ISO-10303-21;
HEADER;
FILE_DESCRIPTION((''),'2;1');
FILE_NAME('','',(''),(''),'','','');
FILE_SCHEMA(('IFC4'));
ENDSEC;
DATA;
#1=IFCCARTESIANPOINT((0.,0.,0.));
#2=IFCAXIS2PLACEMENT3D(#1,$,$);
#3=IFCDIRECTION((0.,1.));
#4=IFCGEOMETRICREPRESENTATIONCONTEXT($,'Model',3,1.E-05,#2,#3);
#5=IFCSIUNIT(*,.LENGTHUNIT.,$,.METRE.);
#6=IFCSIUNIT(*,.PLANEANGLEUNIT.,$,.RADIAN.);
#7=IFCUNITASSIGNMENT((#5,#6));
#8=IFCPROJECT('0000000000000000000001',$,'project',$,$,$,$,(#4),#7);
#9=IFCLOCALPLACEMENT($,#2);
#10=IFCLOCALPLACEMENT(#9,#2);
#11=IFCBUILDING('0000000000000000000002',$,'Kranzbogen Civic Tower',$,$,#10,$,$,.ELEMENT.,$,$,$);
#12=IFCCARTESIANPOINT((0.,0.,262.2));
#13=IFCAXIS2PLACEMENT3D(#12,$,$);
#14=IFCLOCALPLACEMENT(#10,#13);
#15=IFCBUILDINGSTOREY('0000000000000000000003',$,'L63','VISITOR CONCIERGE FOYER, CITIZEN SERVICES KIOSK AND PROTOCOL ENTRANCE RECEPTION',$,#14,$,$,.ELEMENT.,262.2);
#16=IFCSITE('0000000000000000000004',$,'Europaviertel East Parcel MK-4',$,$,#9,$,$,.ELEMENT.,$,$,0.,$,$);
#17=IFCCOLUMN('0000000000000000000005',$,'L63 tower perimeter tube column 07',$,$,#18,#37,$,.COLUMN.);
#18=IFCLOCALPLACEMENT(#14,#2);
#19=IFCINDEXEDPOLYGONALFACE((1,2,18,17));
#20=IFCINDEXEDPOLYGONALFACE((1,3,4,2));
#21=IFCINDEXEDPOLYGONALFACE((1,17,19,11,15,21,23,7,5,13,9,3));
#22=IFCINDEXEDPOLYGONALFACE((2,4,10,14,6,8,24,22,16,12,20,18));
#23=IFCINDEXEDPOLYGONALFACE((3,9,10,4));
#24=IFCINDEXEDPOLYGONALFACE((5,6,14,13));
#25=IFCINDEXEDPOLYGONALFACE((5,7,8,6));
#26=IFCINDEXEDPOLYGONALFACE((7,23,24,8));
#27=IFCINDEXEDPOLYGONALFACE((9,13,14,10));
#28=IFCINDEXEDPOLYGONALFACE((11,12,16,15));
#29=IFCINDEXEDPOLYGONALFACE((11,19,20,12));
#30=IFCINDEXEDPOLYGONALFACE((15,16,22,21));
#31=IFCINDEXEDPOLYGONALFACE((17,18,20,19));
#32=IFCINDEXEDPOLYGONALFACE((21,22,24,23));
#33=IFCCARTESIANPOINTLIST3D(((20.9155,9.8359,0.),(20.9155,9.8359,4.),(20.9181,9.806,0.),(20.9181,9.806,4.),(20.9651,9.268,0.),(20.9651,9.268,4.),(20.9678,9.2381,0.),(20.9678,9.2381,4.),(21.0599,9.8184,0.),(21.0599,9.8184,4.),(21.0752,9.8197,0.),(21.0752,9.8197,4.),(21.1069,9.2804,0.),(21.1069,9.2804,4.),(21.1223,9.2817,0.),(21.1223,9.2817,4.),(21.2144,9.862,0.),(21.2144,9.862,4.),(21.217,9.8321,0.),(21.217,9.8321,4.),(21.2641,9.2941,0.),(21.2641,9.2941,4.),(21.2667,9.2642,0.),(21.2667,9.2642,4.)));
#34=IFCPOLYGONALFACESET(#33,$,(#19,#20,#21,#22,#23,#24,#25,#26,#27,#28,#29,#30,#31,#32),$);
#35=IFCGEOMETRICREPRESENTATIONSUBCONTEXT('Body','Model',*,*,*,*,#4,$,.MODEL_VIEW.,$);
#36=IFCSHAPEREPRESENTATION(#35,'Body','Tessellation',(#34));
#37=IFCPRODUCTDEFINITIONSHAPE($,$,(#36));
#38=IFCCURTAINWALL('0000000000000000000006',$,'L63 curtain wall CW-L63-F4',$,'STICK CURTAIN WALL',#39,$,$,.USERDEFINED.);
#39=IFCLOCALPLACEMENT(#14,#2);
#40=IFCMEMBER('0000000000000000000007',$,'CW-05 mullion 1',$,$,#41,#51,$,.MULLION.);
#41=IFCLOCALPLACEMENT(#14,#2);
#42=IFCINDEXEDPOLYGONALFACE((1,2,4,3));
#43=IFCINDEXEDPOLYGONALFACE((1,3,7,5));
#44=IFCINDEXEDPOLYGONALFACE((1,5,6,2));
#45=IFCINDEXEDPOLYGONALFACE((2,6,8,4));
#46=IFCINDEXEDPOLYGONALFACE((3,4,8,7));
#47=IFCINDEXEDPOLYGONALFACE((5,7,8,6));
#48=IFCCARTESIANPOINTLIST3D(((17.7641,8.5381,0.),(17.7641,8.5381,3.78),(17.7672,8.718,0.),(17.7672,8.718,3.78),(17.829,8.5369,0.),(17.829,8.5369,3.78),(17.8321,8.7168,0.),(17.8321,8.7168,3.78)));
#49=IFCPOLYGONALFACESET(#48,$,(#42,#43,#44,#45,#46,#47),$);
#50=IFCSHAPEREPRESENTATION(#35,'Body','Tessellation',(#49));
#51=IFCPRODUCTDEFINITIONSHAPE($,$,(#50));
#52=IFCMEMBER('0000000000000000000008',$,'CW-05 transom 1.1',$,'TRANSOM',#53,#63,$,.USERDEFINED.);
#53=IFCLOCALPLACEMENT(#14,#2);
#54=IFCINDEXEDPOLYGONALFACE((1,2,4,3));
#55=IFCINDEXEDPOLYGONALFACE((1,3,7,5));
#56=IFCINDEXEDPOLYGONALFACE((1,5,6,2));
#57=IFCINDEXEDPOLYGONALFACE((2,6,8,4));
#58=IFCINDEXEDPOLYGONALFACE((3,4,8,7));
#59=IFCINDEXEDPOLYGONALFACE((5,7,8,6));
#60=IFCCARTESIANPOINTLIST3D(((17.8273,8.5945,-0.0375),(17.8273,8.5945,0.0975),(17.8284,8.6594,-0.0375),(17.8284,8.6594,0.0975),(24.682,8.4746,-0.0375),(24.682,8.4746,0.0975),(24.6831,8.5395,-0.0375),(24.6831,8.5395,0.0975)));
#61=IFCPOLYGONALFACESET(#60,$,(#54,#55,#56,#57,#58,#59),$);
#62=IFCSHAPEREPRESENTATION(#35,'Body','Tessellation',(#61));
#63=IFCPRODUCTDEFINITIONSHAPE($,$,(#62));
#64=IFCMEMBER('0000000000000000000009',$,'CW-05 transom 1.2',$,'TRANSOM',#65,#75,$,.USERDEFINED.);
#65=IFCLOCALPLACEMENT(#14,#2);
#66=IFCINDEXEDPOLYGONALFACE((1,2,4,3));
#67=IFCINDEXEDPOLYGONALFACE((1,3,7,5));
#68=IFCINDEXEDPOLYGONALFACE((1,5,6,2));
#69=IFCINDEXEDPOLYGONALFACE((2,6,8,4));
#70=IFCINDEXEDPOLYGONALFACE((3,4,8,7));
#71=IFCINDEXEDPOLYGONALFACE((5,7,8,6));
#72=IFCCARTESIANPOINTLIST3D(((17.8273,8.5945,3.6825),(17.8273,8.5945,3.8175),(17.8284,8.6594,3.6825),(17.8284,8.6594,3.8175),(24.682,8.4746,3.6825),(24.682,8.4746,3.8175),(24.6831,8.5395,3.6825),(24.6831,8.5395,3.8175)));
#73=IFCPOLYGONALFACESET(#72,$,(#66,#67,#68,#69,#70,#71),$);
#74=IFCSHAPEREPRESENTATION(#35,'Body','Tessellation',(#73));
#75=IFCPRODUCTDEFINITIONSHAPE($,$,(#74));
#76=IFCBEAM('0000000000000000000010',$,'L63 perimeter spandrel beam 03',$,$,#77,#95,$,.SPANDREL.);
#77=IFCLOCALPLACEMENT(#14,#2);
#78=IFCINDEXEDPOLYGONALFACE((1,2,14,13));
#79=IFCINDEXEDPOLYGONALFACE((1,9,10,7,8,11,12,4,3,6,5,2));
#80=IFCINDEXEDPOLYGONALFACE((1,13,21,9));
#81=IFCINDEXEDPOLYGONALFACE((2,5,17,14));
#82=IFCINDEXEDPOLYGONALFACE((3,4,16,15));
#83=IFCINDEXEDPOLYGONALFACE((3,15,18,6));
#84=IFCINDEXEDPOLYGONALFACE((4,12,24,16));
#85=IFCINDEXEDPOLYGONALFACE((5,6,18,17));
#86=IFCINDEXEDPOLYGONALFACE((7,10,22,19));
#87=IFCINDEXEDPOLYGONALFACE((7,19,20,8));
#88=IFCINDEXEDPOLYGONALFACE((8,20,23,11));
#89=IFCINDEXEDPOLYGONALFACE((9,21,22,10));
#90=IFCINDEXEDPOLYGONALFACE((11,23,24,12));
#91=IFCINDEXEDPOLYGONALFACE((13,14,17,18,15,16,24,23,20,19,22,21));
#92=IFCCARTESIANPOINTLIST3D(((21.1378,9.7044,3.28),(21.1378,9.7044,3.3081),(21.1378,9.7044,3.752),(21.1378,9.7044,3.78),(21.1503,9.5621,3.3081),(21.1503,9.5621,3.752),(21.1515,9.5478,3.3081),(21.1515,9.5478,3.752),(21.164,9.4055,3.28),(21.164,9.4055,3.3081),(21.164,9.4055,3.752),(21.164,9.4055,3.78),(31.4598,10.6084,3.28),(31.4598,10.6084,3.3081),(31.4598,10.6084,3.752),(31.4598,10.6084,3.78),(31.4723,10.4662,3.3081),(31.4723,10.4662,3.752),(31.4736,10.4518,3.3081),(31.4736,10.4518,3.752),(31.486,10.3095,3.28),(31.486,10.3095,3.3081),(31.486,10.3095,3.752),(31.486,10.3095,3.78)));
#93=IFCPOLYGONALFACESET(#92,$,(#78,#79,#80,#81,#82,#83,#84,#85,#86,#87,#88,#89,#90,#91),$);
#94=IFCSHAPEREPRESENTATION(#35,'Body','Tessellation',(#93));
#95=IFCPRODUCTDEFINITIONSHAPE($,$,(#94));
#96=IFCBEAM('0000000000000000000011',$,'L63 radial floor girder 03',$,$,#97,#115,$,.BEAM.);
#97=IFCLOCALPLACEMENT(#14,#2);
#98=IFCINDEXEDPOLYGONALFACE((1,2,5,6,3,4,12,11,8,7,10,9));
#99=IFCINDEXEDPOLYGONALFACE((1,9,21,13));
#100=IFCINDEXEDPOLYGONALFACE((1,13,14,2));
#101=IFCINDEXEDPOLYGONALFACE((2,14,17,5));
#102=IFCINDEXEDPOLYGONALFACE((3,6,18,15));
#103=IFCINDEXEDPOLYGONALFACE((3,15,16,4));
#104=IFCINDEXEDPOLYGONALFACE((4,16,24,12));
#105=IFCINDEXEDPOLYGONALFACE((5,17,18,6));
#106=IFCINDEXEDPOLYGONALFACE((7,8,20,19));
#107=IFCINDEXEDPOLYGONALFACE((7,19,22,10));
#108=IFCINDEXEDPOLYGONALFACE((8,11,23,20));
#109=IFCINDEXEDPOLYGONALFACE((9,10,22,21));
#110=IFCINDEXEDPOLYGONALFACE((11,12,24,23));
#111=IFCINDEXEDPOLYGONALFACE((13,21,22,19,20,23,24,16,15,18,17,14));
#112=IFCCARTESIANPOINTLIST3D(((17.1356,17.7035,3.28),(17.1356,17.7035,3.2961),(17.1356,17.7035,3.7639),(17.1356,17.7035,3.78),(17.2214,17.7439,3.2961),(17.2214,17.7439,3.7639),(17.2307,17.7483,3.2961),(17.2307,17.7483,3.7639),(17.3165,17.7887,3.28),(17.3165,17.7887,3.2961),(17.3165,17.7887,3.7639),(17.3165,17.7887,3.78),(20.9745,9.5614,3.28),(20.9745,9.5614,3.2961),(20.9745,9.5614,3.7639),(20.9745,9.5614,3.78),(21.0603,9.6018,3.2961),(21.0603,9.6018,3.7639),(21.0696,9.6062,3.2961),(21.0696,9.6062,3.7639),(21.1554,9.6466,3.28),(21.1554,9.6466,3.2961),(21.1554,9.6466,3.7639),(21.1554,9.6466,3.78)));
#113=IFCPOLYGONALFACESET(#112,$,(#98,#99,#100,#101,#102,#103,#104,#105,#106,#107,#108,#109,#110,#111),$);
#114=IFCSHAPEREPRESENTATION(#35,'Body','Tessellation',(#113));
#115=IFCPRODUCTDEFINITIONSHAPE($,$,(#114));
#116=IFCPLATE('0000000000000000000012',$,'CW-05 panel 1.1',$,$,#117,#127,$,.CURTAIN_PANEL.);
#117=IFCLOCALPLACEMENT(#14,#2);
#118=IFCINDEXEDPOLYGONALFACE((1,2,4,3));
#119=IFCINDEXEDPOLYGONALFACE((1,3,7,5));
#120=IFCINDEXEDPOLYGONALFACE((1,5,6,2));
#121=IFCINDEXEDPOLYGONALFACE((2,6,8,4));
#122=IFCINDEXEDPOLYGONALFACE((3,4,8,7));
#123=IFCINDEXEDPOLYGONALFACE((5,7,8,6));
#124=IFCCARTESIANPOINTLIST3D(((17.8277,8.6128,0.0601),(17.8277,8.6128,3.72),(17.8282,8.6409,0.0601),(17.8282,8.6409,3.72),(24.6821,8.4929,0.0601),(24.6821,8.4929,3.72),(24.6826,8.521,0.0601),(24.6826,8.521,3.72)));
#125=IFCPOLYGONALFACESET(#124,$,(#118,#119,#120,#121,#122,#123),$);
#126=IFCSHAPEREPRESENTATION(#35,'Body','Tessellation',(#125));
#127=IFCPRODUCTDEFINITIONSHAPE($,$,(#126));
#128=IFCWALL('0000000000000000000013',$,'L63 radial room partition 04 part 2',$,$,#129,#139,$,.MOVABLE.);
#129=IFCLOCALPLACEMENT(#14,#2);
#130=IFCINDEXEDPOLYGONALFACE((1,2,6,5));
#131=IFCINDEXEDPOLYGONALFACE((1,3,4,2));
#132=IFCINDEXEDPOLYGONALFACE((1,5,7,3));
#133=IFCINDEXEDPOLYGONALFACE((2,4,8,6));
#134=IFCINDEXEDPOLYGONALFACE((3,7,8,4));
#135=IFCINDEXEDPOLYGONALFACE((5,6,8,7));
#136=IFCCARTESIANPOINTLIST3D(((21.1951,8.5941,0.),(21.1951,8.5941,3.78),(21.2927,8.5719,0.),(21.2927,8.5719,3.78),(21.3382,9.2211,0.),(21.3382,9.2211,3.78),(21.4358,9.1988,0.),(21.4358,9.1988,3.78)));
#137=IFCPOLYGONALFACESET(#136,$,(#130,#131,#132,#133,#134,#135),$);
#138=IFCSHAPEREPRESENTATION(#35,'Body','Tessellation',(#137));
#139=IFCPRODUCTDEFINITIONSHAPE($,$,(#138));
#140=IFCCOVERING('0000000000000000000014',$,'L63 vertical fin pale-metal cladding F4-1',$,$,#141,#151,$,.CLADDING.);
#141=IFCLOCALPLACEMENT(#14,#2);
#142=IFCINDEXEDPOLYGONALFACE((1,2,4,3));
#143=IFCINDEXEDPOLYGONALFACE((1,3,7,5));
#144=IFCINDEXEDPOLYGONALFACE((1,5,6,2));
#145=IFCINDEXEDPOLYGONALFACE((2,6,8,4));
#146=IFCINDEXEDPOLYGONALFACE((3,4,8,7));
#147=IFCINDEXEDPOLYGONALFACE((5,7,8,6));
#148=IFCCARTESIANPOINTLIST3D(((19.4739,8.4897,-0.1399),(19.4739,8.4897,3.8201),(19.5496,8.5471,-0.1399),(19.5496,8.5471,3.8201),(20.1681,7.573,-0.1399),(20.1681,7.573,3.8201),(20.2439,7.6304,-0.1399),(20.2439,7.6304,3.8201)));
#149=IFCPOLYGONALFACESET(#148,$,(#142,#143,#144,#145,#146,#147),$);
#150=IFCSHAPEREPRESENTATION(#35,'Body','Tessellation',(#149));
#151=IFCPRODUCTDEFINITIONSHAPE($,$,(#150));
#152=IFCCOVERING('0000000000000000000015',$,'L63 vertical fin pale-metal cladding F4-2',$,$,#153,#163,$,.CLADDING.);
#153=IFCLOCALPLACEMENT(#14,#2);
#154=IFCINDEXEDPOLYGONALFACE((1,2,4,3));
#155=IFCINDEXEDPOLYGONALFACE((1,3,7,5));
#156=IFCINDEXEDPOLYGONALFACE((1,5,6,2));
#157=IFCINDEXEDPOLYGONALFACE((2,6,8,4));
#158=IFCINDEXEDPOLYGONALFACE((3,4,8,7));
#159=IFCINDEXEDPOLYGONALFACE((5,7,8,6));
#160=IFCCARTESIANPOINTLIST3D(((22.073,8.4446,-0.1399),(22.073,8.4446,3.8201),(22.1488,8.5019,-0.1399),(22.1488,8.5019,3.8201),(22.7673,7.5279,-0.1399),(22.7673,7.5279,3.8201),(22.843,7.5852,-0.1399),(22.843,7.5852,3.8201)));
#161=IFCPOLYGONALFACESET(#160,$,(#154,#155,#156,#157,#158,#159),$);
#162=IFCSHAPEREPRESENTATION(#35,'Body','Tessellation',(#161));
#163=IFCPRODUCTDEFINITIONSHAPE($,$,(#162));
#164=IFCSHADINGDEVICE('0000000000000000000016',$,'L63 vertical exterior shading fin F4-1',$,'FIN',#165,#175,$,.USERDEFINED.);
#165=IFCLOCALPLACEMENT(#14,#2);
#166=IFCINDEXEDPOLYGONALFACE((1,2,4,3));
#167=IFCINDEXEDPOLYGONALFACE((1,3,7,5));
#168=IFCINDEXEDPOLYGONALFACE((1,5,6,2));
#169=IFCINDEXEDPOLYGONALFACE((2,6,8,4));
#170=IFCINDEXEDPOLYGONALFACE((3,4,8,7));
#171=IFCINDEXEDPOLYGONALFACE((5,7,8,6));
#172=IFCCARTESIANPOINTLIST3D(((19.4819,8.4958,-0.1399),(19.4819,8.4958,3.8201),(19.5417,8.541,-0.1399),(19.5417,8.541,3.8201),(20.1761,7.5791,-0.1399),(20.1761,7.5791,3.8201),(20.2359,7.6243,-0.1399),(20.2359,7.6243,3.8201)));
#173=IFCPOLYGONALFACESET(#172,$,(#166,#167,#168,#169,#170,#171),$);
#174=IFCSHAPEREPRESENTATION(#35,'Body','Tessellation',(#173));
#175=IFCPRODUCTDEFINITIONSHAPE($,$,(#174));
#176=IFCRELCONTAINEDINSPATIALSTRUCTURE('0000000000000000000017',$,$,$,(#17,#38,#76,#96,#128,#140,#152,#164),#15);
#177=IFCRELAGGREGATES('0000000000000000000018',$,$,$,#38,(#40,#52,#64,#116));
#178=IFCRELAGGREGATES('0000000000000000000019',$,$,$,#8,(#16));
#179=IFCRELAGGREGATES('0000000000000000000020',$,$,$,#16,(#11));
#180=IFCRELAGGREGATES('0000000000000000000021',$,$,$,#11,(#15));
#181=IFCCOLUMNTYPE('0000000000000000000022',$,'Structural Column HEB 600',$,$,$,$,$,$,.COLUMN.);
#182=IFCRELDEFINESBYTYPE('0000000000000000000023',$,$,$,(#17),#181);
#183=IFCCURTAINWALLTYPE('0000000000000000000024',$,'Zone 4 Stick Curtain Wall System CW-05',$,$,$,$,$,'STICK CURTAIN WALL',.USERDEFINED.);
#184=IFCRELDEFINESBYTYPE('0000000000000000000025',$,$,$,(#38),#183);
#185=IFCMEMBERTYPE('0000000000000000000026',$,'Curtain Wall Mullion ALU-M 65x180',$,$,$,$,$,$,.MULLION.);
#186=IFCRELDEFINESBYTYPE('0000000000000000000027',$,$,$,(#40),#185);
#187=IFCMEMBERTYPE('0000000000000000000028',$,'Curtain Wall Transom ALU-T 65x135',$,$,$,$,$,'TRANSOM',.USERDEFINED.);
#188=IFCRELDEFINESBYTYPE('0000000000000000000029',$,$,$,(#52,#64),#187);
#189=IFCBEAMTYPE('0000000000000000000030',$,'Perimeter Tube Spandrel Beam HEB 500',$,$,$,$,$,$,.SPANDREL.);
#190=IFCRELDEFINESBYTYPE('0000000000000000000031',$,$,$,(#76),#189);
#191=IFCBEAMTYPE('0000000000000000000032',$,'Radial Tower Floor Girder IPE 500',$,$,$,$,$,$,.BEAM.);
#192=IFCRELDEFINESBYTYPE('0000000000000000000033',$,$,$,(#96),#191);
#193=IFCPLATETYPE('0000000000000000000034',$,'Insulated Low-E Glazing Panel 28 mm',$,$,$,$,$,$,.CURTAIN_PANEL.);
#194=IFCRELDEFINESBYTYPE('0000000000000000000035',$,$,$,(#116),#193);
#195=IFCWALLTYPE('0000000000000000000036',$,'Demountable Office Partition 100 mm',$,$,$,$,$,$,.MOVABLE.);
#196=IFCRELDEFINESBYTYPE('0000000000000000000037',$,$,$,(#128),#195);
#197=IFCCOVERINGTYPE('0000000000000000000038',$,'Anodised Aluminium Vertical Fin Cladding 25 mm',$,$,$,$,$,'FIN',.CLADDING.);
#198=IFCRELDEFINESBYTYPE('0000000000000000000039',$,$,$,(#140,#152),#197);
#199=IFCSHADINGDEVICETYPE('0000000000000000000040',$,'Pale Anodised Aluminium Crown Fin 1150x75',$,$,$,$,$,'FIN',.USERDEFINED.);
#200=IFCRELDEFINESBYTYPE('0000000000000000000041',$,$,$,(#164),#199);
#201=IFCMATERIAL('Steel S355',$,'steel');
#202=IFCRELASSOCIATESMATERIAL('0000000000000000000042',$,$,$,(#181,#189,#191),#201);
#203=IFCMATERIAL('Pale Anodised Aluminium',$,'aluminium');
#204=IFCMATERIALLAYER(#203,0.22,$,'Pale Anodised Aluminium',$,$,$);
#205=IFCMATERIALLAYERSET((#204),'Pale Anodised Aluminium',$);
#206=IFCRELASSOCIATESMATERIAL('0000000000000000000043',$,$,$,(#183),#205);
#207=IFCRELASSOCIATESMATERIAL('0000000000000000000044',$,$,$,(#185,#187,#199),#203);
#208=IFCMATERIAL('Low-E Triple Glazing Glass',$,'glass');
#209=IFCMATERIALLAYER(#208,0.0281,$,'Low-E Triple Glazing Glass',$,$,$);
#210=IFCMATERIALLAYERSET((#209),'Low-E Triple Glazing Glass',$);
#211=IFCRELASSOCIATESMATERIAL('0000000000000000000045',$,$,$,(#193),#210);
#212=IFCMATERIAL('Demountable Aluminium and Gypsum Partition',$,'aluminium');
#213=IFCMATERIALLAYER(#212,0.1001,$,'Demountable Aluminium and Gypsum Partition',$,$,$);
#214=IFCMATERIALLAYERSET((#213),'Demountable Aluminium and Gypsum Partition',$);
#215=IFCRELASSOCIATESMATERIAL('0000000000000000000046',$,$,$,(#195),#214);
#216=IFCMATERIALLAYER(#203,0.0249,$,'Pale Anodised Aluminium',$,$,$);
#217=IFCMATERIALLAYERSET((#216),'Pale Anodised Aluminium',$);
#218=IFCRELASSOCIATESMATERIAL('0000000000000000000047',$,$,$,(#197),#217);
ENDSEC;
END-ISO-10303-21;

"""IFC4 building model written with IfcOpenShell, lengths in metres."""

from ifc_helpers import new_model, si_unit, direction, frame, frame_2d, origin, origin_2d, place, context, subcontext, project, spatial, rectangle, i_section, extrude, material, layer, layer_set, material_profile, profile_set, type_object, element, aggregate, save


model = new_model("IFC4")

# Units and contexts
model_context = context("Model", 3, precision=1e-05, world=origin(), true_north=direction((0.0, 1.0)))
body_context = subcontext(model_context, "Body", "Model", "MODEL_VIEW")
ifc_project = project(units=[si_unit("LENGTHUNIT", "METRE"), si_unit("PLANEANGLEUNIT", "RADIAN")], contexts=[model_context])

# Site, building, storey
site_placement = place(None, origin())
site = spatial("IfcSite", under=ifc_project, at=site_placement, Name="Europaviertel East Parcel MK-4", CompositionType="ELEMENT", RefElevation=0.0)
building_placement = place(site_placement, origin())
building = spatial("IfcBuilding", under=site, at=building_placement, Name="Kranzbogen Civic Tower", CompositionType="ELEMENT")
storey_placement = place(building_placement, frame((0.0, 0.0, 262.2)))
storey = spatial("IfcBuildingStorey", under=building, at=storey_placement, Name="L63", Description="VISITOR CONCIERGE FOYER, CITIZEN SERVICES KIOSK AND PROTOCOL ENTRANCE RECEPTION", CompositionType="ELEMENT", Elevation=262.2)

# Column
ifc_material_1 = material(Name="Steel S355", Category="steel")
ifc_material_profile_1 = material_profile(ifc_material_1, i_section(OverallWidth=0.3, OverallDepth=0.6001, WebThickness=0.0154, FlangeThickness=0.03, at=origin_2d()), Name="HEB 600")
ifc_profile_set_1 = profile_set([ifc_material_profile_1], Name="Steel S355")
column_type = type_object("IfcColumnType", Name="Structural Column HEB 600", PredefinedType="COLUMN", material=ifc_profile_set_1)
column_placement = place(storey_placement, frame((21.0911, 9.55, 0.0), z_axis=(0.0, 0.0, 1.0), x_axis=(0.996195, 0.087156, 0.0)))
element("IfcColumn", 1, at=column_placement, inside=storey, type_object=column_type, Name="L63 tower perimeter tube column 07", PredefinedType="COLUMN", context=body_context, shape_type="SweptSolid", body=[
    extrude(i_section(OverallWidth=0.3, OverallDepth=0.6001, WebThickness=0.0154, FlangeThickness=0.03, at=origin_2d()), origin(), (0.0, 0.0, 1.0), 4.0),
])

# Curtain wall, members
ifc_material_2 = material(Name="Pale Anodised Aluminium", Category="aluminium")
ifc_layer_1 = layer(ifc_material_2, 0.22, Name="Pale Anodised Aluminium")
ifc_layer_set_1 = layer_set([ifc_layer_1], Name="Pale Anodised Aluminium")
curtain_wall_type = type_object("IfcCurtainWallType", Name="Zone 4 Stick Curtain Wall System CW-05", ElementType="STICK CURTAIN WALL", PredefinedType="USERDEFINED", material=ifc_layer_set_1)
curtain_wall_placement = place(storey_placement, origin())
curtain_wall = element("IfcCurtainWall", 2, at=curtain_wall_placement, inside=storey, type_object=curtain_wall_type, Name="L63 curtain wall CW-L63-F4", ObjectType="STICK CURTAIN WALL", PredefinedType="USERDEFINED")
ifc_material_profile_2 = material_profile(ifc_material_2, rectangle(XDim=0.0649, YDim=0.1799, at=origin_2d()), Name="ALU-M 65x180")
ifc_profile_set_2 = profile_set([ifc_material_profile_2], Name="Pale Anodised Aluminium")
member_type_1 = type_object("IfcMemberType", Name="Curtain Wall Mullion ALU-M 65x180", PredefinedType="MULLION", material=ifc_profile_set_2)
member_1_placement = place(storey_placement, frame((17.7981, 8.6274, 0.0), z_axis=(0.0, 0.0, 1.0), x_axis=(0.999847, -0.017493, 0.0)))
member_1 = element("IfcMember", 3, at=member_1_placement, type_object=member_type_1, Name="CW-05 mullion 1", PredefinedType="MULLION", context=body_context, shape_type="SweptSolid", body=[
    extrude(rectangle(XDim=0.0649, YDim=0.1799, at=origin_2d()), origin(), (0.0, 0.0, 1.0), 3.78),
])
ifc_material_profile_3 = material_profile(ifc_material_2, rectangle(XDim=0.0649, YDim=0.135, at=origin_2d()), Name="ALU-T 65x135")
ifc_profile_set_3 = profile_set([ifc_material_profile_3], Name="Pale Anodised Aluminium")
member_type_2 = type_object("IfcMemberType", Name="Curtain Wall Transom ALU-T 65x135", ElementType="TRANSOM", PredefinedType="USERDEFINED", material=ifc_profile_set_3)
member_2_placement = place(storey_placement, frame((17.8279, 8.627, 0.03), z_axis=(0.999847, -0.017485, 0.0), x_axis=(0.017485, 0.999847, 0.0)))
member_2 = element("IfcMember", 4, at=member_2_placement, type_object=member_type_2, Name="CW-05 transom 1.1", ObjectType="TRANSOM", PredefinedType="USERDEFINED", context=body_context, shape_type="SweptSolid", body=[
    extrude(rectangle(XDim=0.0649, YDim=0.135, at=origin_2d()), origin(), (0.0, 0.0, 1.0), 6.8557),
])
member_3_placement = place(storey_placement, frame((17.8279, 8.627, 3.75), z_axis=(0.999847, -0.017485, 0.0), x_axis=(0.017485, 0.999847, 0.0)))
member_3 = element("IfcMember", 5, at=member_3_placement, type_object=member_type_2, Name="CW-05 transom 1.2", ObjectType="TRANSOM", PredefinedType="USERDEFINED", context=body_context, shape_type="SweptSolid", body=[
    extrude(rectangle(XDim=0.0649, YDim=0.135, at=origin_2d()), origin(), (0.0, 0.0, 1.0), 6.8557),
])

# Beams
ifc_material_profile_4 = material_profile(ifc_material_1, i_section(OverallWidth=0.3, OverallDepth=0.5, WebThickness=0.0144, FlangeThickness=0.0281, at=origin_2d()), Name="HEB 500")
ifc_profile_set_4 = profile_set([ifc_material_profile_4], Name="Steel S355")
beam_type_1 = type_object("IfcBeamType", Name="Perimeter Tube Spandrel Beam HEB 500", PredefinedType="SPANDREL", material=ifc_profile_set_4)
beam_1_placement = place(storey_placement, frame((21.1509, 9.5549, 3.53), z_axis=(0.996186, 0.087251, 0.0), x_axis=(-0.087251, 0.996186, 0.0)))
element("IfcBeam", 6, at=beam_1_placement, inside=storey, type_object=beam_type_1, Name="L63 perimeter spandrel beam 03", PredefinedType="SPANDREL", context=body_context, shape_type="SweptSolid", body=[
    extrude(i_section(OverallWidth=0.3, OverallDepth=0.5, WebThickness=0.0144, FlangeThickness=0.0281, at=origin_2d()), origin(), (0.0, 0.0, 1.0), 10.3616),
])
ifc_material_profile_5 = material_profile(ifc_material_1, i_section(OverallWidth=0.2, OverallDepth=0.5, WebThickness=0.0103, FlangeThickness=0.0161, at=origin_2d()), Name="IPE 500")
ifc_profile_set_5 = profile_set([ifc_material_profile_5], Name="Steel S355")
beam_type_2 = type_object("IfcBeamType", Name="Radial Tower Floor Girder IPE 500", PredefinedType="BEAM", material=ifc_profile_set_5)
beam_2_placement = place(storey_placement, frame((21.0649, 9.604, 3.53), z_axis=(-0.42646, 0.904506, 0.0), x_axis=(-0.904506, -0.42646, 0.0)))
element("IfcBeam", 7, at=beam_2_placement, inside=storey, type_object=beam_type_2, Name="L63 radial floor girder 03", PredefinedType="BEAM", context=body_context, shape_type="SweptSolid", body=[
    extrude(i_section(OverallWidth=0.2, OverallDepth=0.5, WebThickness=0.0103, FlangeThickness=0.0161, at=origin_2d()), origin(), (0.0, 0.0, 1.0), 9.0017),
])

# Plate
ifc_material_3 = material(Name="Low-E Triple Glazing Glass", Category="glass")
ifc_layer_2 = layer(ifc_material_3, 0.0281, Name="Low-E Triple Glazing Glass")
ifc_layer_set_2 = layer_set([ifc_layer_2], Name="Low-E Triple Glazing Glass")
plate_type = type_object("IfcPlateType", Name="Insulated Low-E Glazing Panel 28 mm", PredefinedType="CURTAIN_PANEL", material=ifc_layer_set_2)
plate_placement = place(storey_placement, frame((21.2551, 8.5669, 0.0601), z_axis=(0.0, 0.0, 1.0), x_axis=(0.999847, -0.017493, 0.0)))
plate = element("IfcPlate", 8, at=plate_placement, type_object=plate_type, Name="CW-05 panel 1.1", PredefinedType="CURTAIN_PANEL", context=body_context, shape_type="SweptSolid", body=[
    extrude(rectangle(XDim=6.8555, YDim=0.0281, at=origin_2d()), origin(), (0.0, 0.0, 1.0), 3.6599),
])
aggregate(curtain_wall, [member_1, member_2, member_3, plate])

# Wall
ifc_material_4 = material(Name="Demountable Aluminium and Gypsum Partition", Category="aluminium")
ifc_layer_3 = layer(ifc_material_4, 0.1001, Name="Demountable Aluminium and Gypsum Partition")
ifc_layer_set_3 = layer_set([ifc_layer_3], Name="Demountable Aluminium and Gypsum Partition")
wall_type = type_object("IfcWallType", Name="Demountable Office Partition 100 mm", PredefinedType="MOVABLE", material=ifc_layer_set_3)
wall_placement = place(storey_placement, frame((21.387, 9.21, 0.0), z_axis=(0.0, 0.0, 1.0), x_axis=(-0.222474, -0.974939, 0.0)))
element("IfcWall", 9, at=wall_placement, inside=storey, type_object=wall_type, Name="L63 radial room partition 04 part 2", PredefinedType="MOVABLE", context=body_context, shape_type="SweptSolid", body=[
    extrude(rectangle(XDim=0.6431, YDim=0.1001, at=frame_2d((0.3215, 0.0))), origin(), (0.0, 0.0, 1.0), 3.78),
])

# Coverings
ifc_layer_4 = layer(ifc_material_2, 0.0249, Name="Pale Anodised Aluminium")
ifc_layer_set_4 = layer_set([ifc_layer_4], Name="Pale Anodised Aluminium")
covering_type = type_object("IfcCoveringType", Name="Anodised Aluminium Vertical Fin Cladding 25 mm", ElementType="FIN", PredefinedType="CLADDING", material=ifc_layer_set_4)
for number, where, z_axis, x_axis, name in (
    (10, (19.8589, 8.0601, -0.1399), (0.0, 0.0, 1.0), (0.603723, -0.797194, 0.0), "L63 vertical fin pale-metal cladding F4-1"),
    (11, (22.458, 8.0149, -0.1399), (0.0, 0.0, 1.0), (0.603723, -0.797194, 0.0), "L63 vertical fin pale-metal cladding F4-2"),
):
    element("IfcCovering", number, at=place(storey_placement, frame(where, z_axis=z_axis, x_axis=x_axis)), inside=storey, type_object=covering_type, Name=name, PredefinedType="CLADDING", context=body_context, shape_type="SweptSolid", body=[
        extrude(rectangle(XDim=1.1499, YDim=0.095, at=origin_2d()), origin(), (0.0, 0.0, 1.0), 3.96),
    ])

# Shading device
shading_device_type = type_object("IfcShadingDeviceType", Name="Pale Anodised Aluminium Crown Fin 1150x75", ElementType="FIN", PredefinedType="USERDEFINED", material=ifc_material_2)
for number, where, z_axis, x_axis, name in (
    (12, (19.8589, 8.0601, -0.1399), (0.0, 0.0, 1.0), (0.603723, -0.797194, 0.0), "L63 vertical exterior shading fin F4-1"),
):
    element("IfcShadingDevice", number, at=place(storey_placement, frame(where, z_axis=z_axis, x_axis=x_axis)), inside=storey, type_object=shading_device_type, Name=name, ObjectType="FIN", PredefinedType="USERDEFINED", context=body_context, shape_type="SweptSolid", body=[
        extrude(rectangle(XDim=1.1499, YDim=0.075, at=origin_2d()), origin(), (0.0, 0.0, 1.0), 3.96),
    ])

save(model, "model.ifc")
